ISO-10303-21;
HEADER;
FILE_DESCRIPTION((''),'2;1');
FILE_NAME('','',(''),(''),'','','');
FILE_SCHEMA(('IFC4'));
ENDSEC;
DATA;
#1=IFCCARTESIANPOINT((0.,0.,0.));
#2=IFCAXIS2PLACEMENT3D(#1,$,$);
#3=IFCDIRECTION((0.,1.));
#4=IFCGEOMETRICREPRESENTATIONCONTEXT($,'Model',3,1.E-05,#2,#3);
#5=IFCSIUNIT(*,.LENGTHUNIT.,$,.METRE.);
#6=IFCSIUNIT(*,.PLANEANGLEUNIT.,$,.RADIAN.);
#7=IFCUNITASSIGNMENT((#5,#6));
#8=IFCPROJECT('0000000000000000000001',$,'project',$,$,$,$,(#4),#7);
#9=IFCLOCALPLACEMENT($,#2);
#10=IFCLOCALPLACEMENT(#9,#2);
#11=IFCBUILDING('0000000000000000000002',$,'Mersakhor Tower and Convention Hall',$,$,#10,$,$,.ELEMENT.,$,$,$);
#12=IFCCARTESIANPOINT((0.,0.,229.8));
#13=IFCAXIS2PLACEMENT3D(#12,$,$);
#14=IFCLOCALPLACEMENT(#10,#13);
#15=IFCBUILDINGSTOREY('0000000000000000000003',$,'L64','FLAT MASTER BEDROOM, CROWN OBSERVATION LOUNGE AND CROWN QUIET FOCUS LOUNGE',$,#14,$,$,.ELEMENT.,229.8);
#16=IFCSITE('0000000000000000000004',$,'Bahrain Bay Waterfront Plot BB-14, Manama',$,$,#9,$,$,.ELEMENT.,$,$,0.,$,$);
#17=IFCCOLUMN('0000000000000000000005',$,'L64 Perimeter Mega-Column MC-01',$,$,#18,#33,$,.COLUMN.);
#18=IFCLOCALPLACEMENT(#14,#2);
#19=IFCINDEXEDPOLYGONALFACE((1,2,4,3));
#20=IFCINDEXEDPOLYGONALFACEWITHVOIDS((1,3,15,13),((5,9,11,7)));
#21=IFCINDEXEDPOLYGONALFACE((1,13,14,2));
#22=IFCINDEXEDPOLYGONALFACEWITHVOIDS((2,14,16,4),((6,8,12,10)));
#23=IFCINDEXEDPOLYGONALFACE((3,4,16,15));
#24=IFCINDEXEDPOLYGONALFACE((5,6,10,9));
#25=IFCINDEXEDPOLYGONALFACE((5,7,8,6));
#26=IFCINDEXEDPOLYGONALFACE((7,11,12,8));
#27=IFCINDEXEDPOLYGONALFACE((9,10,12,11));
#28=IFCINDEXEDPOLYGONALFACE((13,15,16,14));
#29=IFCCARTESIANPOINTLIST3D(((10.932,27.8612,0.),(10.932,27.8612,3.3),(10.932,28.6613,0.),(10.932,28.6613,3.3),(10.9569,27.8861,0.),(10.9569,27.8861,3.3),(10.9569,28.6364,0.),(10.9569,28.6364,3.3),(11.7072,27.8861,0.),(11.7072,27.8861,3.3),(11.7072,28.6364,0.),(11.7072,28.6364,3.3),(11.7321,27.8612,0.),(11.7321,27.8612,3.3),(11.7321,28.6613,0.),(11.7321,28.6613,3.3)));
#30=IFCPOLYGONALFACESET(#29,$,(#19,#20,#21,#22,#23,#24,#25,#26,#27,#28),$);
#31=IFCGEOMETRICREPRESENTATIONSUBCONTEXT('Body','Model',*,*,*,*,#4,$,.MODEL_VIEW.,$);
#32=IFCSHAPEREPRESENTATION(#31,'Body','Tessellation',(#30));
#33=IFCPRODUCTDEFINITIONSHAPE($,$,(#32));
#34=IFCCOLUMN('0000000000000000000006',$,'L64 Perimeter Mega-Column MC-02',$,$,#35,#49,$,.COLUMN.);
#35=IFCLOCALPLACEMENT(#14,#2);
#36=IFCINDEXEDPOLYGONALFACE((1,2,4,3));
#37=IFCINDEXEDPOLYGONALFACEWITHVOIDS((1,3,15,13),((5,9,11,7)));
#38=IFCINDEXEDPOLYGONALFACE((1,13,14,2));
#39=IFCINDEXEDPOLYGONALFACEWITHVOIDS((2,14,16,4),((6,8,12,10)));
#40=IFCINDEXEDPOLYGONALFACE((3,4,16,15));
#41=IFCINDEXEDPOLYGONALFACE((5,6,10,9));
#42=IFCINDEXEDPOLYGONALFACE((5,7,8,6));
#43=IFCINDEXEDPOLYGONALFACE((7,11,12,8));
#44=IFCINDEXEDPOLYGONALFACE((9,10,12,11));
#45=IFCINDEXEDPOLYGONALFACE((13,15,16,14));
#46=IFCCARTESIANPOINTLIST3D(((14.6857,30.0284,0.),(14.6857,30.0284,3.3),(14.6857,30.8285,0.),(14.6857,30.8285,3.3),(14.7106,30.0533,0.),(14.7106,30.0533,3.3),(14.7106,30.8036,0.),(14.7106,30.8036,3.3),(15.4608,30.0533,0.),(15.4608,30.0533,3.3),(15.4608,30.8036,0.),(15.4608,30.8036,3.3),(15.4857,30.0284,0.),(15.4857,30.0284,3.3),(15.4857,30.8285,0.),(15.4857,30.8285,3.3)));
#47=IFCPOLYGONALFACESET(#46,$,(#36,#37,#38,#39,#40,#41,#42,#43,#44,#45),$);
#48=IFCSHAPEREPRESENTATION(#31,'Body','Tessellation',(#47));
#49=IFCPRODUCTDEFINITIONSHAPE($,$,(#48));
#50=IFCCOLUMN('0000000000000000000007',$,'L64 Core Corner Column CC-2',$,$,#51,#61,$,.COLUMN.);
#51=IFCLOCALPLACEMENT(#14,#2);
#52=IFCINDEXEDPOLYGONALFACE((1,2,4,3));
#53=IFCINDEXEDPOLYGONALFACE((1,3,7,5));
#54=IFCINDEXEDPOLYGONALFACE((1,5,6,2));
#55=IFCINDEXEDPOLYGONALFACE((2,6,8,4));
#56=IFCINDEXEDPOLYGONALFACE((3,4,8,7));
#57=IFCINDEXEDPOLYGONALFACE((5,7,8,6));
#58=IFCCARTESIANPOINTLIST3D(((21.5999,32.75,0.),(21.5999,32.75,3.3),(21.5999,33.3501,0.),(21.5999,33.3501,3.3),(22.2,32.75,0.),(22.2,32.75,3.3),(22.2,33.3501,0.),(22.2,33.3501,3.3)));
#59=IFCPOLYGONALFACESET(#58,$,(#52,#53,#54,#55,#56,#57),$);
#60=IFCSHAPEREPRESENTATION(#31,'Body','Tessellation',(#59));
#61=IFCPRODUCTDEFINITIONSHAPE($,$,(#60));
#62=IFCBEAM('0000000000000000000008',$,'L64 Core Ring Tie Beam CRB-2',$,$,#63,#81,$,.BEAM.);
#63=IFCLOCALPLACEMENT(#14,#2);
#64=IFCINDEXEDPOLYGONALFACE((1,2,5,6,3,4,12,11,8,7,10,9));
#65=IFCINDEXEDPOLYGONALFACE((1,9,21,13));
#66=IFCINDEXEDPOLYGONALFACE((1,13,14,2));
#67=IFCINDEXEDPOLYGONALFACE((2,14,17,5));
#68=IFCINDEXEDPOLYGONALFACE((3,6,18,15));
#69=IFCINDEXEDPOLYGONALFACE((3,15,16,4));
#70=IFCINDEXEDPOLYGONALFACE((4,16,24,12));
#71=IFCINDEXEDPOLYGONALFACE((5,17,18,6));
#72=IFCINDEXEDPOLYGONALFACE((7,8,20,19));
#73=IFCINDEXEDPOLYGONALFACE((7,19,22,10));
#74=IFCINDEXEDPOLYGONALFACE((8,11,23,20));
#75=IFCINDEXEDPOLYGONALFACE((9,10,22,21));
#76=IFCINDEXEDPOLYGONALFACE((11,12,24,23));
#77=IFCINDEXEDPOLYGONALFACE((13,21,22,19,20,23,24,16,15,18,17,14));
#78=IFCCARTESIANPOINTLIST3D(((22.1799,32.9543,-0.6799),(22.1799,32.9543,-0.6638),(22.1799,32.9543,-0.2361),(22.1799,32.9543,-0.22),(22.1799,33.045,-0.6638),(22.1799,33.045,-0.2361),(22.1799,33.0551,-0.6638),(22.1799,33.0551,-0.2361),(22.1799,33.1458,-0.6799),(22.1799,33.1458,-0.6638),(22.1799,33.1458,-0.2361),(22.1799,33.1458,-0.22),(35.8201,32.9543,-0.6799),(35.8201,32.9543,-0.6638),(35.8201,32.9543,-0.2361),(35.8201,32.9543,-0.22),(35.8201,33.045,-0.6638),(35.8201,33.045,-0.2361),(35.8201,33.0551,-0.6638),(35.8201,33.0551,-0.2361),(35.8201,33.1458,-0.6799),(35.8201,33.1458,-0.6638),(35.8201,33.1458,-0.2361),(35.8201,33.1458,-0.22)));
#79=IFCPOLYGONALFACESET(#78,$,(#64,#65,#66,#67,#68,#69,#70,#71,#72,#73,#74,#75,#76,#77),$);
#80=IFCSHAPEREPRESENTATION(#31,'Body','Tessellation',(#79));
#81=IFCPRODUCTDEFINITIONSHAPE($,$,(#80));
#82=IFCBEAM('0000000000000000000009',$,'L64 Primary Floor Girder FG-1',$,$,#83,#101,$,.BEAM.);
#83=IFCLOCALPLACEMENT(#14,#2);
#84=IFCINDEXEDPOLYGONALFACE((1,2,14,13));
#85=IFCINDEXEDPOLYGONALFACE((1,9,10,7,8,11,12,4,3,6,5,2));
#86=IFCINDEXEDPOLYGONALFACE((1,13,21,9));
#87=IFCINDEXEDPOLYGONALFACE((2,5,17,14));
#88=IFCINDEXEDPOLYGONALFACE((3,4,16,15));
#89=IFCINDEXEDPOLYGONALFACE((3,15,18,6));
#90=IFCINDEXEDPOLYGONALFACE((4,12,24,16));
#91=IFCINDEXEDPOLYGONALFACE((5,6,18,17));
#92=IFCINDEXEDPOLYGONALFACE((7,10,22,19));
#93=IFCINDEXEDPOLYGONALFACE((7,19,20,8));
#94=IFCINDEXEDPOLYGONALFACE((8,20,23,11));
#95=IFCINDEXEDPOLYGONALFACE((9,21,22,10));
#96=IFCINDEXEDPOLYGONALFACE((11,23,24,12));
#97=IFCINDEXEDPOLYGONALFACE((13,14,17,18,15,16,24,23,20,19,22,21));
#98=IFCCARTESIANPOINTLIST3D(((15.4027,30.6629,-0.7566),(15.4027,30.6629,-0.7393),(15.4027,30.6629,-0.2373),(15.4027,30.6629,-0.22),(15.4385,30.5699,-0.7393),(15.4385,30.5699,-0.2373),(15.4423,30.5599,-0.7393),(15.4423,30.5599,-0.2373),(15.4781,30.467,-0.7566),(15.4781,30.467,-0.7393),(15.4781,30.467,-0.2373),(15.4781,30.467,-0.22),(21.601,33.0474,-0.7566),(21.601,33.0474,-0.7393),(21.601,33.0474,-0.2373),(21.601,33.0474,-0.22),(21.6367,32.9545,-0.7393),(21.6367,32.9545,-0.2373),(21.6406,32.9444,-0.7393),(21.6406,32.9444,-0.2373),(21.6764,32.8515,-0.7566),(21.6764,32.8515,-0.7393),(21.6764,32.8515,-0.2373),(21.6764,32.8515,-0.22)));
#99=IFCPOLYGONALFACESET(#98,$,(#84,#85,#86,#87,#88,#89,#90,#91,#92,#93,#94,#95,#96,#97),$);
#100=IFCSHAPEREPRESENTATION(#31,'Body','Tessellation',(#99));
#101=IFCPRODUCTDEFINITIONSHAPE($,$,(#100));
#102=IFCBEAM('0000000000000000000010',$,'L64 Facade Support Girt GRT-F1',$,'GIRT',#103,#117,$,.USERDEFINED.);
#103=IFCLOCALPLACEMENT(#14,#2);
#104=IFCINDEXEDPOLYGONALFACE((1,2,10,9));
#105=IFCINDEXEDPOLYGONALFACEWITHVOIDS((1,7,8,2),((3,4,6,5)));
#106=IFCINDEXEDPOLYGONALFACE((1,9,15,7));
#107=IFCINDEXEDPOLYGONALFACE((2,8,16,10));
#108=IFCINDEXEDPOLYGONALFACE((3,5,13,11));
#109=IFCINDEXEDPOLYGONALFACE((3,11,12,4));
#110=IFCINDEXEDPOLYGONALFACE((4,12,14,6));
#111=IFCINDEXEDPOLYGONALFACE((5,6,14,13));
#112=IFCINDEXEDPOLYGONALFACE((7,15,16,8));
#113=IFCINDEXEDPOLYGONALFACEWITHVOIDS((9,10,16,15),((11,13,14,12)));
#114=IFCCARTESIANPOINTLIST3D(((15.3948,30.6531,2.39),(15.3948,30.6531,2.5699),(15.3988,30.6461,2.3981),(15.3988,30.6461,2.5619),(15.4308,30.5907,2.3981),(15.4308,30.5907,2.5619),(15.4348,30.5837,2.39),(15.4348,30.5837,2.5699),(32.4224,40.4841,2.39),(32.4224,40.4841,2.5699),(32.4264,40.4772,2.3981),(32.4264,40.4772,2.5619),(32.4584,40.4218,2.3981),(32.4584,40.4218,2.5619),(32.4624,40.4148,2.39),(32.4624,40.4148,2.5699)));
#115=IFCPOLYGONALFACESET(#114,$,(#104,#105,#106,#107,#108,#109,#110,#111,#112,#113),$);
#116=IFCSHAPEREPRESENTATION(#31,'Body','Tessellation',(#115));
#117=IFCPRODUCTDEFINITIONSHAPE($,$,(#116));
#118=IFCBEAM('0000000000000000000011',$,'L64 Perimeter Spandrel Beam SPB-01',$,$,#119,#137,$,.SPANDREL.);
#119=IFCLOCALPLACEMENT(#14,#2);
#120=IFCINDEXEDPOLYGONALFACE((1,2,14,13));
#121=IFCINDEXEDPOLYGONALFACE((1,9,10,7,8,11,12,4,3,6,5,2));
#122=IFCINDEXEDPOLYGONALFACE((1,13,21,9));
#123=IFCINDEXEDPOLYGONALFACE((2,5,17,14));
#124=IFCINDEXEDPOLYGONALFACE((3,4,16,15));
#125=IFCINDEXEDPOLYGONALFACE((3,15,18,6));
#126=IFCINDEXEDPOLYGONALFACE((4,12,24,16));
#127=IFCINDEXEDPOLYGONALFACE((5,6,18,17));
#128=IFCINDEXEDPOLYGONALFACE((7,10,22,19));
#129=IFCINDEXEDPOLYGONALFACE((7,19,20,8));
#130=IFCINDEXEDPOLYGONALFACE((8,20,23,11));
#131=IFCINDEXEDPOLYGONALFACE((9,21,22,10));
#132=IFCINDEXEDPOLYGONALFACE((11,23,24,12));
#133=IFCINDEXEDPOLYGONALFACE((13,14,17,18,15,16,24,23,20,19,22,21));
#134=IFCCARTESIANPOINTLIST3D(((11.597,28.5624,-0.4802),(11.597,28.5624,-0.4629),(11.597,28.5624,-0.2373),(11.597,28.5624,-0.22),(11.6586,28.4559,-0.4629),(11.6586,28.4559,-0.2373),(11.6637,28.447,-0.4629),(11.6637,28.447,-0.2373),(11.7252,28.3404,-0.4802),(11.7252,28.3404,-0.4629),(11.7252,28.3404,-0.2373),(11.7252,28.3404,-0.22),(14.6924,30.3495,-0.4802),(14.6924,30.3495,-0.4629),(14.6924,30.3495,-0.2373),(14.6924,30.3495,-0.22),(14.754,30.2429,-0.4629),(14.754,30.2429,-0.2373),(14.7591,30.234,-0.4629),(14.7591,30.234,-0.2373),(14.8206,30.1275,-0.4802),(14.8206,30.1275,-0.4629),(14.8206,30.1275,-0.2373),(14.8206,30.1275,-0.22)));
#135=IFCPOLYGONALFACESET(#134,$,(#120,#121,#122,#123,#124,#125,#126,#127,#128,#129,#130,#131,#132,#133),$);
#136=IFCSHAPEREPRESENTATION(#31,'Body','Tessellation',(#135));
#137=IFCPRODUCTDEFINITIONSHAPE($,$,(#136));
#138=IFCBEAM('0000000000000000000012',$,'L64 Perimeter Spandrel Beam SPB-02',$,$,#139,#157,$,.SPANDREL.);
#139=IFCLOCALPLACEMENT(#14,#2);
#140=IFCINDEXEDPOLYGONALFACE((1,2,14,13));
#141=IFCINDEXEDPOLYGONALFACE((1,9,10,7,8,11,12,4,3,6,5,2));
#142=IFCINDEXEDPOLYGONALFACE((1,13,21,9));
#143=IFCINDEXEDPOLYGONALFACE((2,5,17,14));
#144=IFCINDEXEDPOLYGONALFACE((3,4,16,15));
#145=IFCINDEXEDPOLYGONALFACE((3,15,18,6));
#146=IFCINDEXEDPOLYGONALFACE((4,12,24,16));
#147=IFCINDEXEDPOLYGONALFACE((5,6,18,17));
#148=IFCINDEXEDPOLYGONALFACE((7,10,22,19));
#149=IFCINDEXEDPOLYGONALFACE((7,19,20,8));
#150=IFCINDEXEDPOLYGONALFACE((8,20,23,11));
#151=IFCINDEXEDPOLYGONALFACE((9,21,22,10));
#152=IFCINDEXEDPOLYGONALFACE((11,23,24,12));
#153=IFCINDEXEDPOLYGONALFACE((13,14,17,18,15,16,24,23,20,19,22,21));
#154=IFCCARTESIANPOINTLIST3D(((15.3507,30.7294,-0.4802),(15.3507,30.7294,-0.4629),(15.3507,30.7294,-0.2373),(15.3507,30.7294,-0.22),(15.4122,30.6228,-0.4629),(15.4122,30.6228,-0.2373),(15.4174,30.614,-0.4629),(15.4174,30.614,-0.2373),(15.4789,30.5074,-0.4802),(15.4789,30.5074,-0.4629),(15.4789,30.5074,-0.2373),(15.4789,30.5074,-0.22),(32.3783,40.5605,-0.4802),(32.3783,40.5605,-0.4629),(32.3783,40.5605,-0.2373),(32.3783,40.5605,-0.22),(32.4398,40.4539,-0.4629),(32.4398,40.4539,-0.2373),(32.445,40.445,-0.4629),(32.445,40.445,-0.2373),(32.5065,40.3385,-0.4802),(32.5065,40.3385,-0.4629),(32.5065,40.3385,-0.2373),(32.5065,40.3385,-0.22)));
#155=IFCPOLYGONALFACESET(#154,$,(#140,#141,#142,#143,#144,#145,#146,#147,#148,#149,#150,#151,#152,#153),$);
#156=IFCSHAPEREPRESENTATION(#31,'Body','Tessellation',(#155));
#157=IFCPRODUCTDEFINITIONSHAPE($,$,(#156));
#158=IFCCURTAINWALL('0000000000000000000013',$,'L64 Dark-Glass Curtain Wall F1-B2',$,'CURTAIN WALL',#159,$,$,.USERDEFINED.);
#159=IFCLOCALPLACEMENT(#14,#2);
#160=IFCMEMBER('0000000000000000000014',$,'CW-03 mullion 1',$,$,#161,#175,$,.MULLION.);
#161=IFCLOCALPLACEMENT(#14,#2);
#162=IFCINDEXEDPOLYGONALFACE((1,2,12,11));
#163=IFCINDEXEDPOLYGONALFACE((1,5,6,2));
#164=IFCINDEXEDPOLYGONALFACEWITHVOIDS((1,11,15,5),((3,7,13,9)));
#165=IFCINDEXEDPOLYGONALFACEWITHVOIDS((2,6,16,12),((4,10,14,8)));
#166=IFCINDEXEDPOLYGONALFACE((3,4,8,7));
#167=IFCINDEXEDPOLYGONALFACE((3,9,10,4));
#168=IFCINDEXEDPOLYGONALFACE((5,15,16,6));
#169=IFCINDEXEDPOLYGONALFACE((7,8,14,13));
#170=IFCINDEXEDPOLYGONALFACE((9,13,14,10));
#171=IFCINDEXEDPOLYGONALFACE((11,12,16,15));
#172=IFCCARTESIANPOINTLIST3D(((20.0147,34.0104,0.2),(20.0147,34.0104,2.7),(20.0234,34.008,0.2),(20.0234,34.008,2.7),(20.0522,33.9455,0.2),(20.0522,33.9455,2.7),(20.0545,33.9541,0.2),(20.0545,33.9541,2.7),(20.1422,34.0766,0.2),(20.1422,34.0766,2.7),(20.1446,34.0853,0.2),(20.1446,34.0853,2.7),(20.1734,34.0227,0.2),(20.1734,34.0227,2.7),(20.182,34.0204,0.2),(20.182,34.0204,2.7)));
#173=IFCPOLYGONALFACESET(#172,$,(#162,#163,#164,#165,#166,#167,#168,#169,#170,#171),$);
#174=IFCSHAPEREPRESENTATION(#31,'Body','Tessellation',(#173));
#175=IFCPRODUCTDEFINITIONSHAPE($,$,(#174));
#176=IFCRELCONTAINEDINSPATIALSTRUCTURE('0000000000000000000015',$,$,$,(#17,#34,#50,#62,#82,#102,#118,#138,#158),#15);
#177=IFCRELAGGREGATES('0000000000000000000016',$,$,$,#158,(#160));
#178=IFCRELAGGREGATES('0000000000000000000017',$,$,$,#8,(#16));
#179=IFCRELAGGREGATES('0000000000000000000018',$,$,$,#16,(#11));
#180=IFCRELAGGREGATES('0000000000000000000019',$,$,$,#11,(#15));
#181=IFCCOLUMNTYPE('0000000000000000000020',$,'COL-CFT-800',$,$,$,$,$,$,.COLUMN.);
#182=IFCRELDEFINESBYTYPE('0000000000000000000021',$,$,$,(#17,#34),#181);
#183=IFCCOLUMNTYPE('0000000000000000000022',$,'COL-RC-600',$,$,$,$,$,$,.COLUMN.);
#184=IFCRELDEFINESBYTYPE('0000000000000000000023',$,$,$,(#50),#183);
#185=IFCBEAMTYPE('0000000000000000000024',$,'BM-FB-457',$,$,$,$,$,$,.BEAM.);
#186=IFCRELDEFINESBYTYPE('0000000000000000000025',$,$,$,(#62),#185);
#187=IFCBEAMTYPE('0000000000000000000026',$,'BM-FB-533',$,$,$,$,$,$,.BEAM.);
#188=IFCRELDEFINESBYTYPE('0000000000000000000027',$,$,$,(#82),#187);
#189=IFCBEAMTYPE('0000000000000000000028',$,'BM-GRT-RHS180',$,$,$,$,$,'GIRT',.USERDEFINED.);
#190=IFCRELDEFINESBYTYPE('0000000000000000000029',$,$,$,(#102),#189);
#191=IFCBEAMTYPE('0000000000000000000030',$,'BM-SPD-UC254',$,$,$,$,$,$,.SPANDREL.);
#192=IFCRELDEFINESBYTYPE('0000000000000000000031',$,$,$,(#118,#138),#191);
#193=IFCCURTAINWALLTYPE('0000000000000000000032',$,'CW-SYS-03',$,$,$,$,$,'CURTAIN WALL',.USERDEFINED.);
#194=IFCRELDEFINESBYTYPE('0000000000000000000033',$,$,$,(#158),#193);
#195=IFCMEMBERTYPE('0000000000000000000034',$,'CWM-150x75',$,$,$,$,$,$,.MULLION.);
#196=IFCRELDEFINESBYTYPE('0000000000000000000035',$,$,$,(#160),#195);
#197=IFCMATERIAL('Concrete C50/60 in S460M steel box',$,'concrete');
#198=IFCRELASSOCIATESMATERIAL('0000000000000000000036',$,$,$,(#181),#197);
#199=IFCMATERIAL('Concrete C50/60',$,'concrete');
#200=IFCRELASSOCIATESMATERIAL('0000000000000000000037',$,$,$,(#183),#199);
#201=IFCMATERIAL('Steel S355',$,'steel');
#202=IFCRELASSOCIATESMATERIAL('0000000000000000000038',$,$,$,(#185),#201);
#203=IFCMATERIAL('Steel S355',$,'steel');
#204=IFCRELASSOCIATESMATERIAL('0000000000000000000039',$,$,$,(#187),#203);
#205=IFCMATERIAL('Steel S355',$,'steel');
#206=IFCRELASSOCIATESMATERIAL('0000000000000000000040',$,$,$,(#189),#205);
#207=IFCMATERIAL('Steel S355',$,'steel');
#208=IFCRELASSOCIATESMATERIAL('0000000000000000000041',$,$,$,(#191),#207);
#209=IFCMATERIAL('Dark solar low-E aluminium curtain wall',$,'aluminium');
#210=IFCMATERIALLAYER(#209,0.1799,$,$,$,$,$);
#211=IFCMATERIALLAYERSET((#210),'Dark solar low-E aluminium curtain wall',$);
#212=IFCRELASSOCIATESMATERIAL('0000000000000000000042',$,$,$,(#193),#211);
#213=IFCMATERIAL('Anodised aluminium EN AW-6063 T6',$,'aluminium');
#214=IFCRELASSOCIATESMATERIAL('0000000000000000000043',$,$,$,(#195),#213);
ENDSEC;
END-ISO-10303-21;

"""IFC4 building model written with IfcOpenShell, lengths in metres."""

from ifc_helpers import new_model, si_unit, direction, frame, origin, origin_2d, place, context, subcontext, project, spatial, rectangle, hollow_rectangle, i_section, extrude, material, layer, layer_set, material_profile, profile_set, type_object, element, aggregate, save


model = new_model("IFC4")

# Units and contexts
model_context = context("Model", 3, precision=1e-05, world=origin(), true_north=direction((0.0, 1.0)))
body_context = subcontext(model_context, "Body", "Model", "MODEL_VIEW")
ifc_project = project(units=[si_unit("LENGTHUNIT", "METRE"), si_unit("PLANEANGLEUNIT", "RADIAN")], contexts=[model_context])

# Site, building, storey
site_placement = place(None, origin())
site = spatial("IfcSite", under=ifc_project, at=site_placement, Name="Bahrain Bay Waterfront Plot BB-14, Manama", CompositionType="ELEMENT", RefElevation=0.0)
building_placement = place(site_placement, origin())
building = spatial("IfcBuilding", under=site, at=building_placement, Name="Mersakhor Tower and Convention Hall", CompositionType="ELEMENT")
storey_placement = place(building_placement, frame((0.0, 0.0, 229.8)))
storey = spatial("IfcBuildingStorey", under=building, at=storey_placement, Name="L64", Description="FLAT MASTER BEDROOM, CROWN OBSERVATION LOUNGE AND CROWN QUIET FOCUS LOUNGE", CompositionType="ELEMENT", Elevation=229.8)

# Columns
ifc_material_1 = material(Name="Concrete C50/60 in S460M steel box", Category="concrete")
ifc_material_profile_1 = material_profile(ifc_material_1, hollow_rectangle(XDim=0.8, YDim=0.8, WallThickness=0.0249, at=origin_2d()), Name="SHS 800x800x25")
ifc_profile_set_1 = profile_set([ifc_material_profile_1], Name="Concrete C50/60 in S460M steel box")
column_type_1 = type_object("IfcColumnType", Name="COL-CFT-800", PredefinedType="COLUMN", material=ifc_profile_set_1)
for number, where, z_axis, x_axis, name in (
    (1, (11.332, 28.2612, 0.0), (0.0, 0.0, 1.0), (1.0, 0.0, 0.0), "L64 Perimeter Mega-Column MC-01"),
    (2, (15.0857, 30.4285, 0.0), (0.0, 0.0, 1.0), (1.0, 0.0, 0.0), "L64 Perimeter Mega-Column MC-02"),
):
    element("IfcColumn", number, at=place(storey_placement, frame(where, z_axis=z_axis, x_axis=x_axis)), inside=storey, type_object=column_type_1, Name=name, PredefinedType="COLUMN", context=body_context, shape_type="SweptSolid", body=[
        extrude(hollow_rectangle(XDim=0.8, YDim=0.8, WallThickness=0.0249, at=origin_2d()), origin(), (0.0, 0.0, 1.0), 3.3),
    ])
ifc_material_2 = material(Name="Concrete C50/60", Category="concrete")
ifc_material_profile_2 = material_profile(ifc_material_2, rectangle(XDim=0.6001, YDim=0.6001, at=origin_2d()), Name="RC 600x600")
ifc_profile_set_2 = profile_set([ifc_material_profile_2], Name="Concrete C50/60")
column_type_2 = type_object("IfcColumnType", Name="COL-RC-600", PredefinedType="COLUMN", material=ifc_profile_set_2)
column_placement = place(storey_placement, frame((21.8999, 33.05, 0.0), z_axis=(0.0, 0.0, 1.0), x_axis=(1.0, 0.0, 0.0)))
element("IfcColumn", 3, at=column_placement, inside=storey, type_object=column_type_2, Name="L64 Core Corner Column CC-2", PredefinedType="COLUMN", context=body_context, shape_type="SweptSolid", body=[
    extrude(rectangle(XDim=0.6001, YDim=0.6001, at=origin_2d()), origin(), (0.0, 0.0, 1.0), 3.3),
])

# Beams
ifc_material_3 = material(Name="Steel S355", Category="steel")
ifc_material_profile_3 = material_profile(ifc_material_3, i_section(OverallWidth=0.1914, OverallDepth=0.46, WebThickness=0.01, FlangeThickness=0.0161, at=origin_2d()), Name="UB 457x191x82")
ifc_profile_set_3 = profile_set([ifc_material_profile_3], Name="Steel S355")
beam_type_1 = type_object("IfcBeamType", Name="BM-FB-457", PredefinedType="BEAM", material=ifc_profile_set_3)
beam_1_placement = place(storey_placement, frame((22.1799, 33.05, -0.45), z_axis=(1.0, 0.0, 0.0), x_axis=(0.0, 1.0, 0.0)))
element("IfcBeam", 4, at=beam_1_placement, inside=storey, type_object=beam_type_1, Name="L64 Core Ring Tie Beam CRB-2", PredefinedType="BEAM", context=body_context, shape_type="SweptSolid", body=[
    extrude(i_section(OverallWidth=0.1914, OverallDepth=0.46, WebThickness=0.01, FlangeThickness=0.0161, at=origin_2d()), origin(), (0.0, 0.0, 1.0), 13.6401),
])
ifc_material_4 = material(Name="Steel S355", Category="steel")
ifc_material_profile_4 = material_profile(ifc_material_4, i_section(OverallWidth=0.21, OverallDepth=0.5366, WebThickness=0.0107, FlangeThickness=0.0173, at=origin_2d()), Name="UB 533x210x101")
ifc_profile_set_4 = profile_set([ifc_material_profile_4], Name="Steel S355")
beam_type_2 = type_object("IfcBeamType", Name="BM-FB-533", PredefinedType="BEAM", material=ifc_profile_set_4)
beam_2_placement = place(storey_placement, frame((21.6387, 32.9495, -0.4883), z_axis=(-0.933316, -0.359055, 0.0), x_axis=(0.359055, -0.933316, 0.0)))
element("IfcBeam", 5, at=beam_2_placement, inside=storey, type_object=beam_type_2, Name="L64 Primary Floor Girder FG-1", PredefinedType="BEAM", context=body_context, shape_type="SweptSolid", body=[
    extrude(i_section(OverallWidth=0.21, OverallDepth=0.5366, WebThickness=0.0107, FlangeThickness=0.0173, at=origin_2d()), origin(), (0.0, 0.0, 1.0), 6.6411),
])
ifc_material_5 = material(Name="Steel S355", Category="steel")
ifc_material_profile_5 = material_profile(ifc_material_5, hollow_rectangle(XDim=0.0801, YDim=0.1799, WallThickness=0.0081, at=origin_2d()), Name="RHS 180x80x8")
ifc_profile_set_5 = profile_set([ifc_material_profile_5], Name="Steel S355")
beam_type_3 = type_object("IfcBeamType", Name="BM-GRT-RHS180", ElementType="GIRT", PredefinedType="USERDEFINED", material=ifc_profile_set_5)
beam_3_placement = place(storey_placement, frame((15.4148, 30.6184, 2.48), z_axis=(0.866022, 0.500007, 0.0), x_axis=(-0.500007, 0.866022, 0.0)))
element("IfcBeam", 6, at=beam_3_placement, inside=storey, type_object=beam_type_3, Name="L64 Facade Support Girt GRT-F1", ObjectType="GIRT", PredefinedType="USERDEFINED", context=body_context, shape_type="SweptSolid", body=[
    extrude(hollow_rectangle(XDim=0.0801, YDim=0.1799, WallThickness=0.0081, at=origin_2d()), origin(), (0.0, 0.0, 1.0), 19.6619),
])
ifc_material_6 = material(Name="Steel S355", Category="steel")
ifc_material_profile_6 = material_profile(ifc_material_6, i_section(OverallWidth=0.2563, OverallDepth=0.2603, WebThickness=0.0103, FlangeThickness=0.0173, at=origin_2d()), Name="UC 254x254x89")
ifc_profile_set_6 = profile_set([ifc_material_profile_6], Name="Steel S355")
beam_type_4 = type_object("IfcBeamType", Name="BM-SPD-UC254", PredefinedType="SPANDREL", material=ifc_profile_set_6)
beam_4_placement = place(storey_placement, frame((11.6611, 28.4514, -0.3501), z_axis=(0.866032, 0.499989, 0.0), x_axis=(-0.499989, 0.866032, 0.0)))
element("IfcBeam", 7, at=beam_4_placement, inside=storey, type_object=beam_type_4, Name="L64 Perimeter Spandrel Beam SPB-01", PredefinedType="SPANDREL", context=body_context, shape_type="SweptSolid", body=[
    extrude(i_section(OverallWidth=0.2563, OverallDepth=0.2603, WebThickness=0.0103, FlangeThickness=0.0173, at=origin_2d()), origin(), (0.0, 0.0, 1.0), 3.5742),
])
beam_5_placement = place(storey_placement, frame((15.4148, 30.6184, -0.3501), z_axis=(0.866022, 0.500007, 0.0), x_axis=(-0.500007, 0.866022, 0.0)))
element("IfcBeam", 8, at=beam_5_placement, inside=storey, type_object=beam_type_4, Name="L64 Perimeter Spandrel Beam SPB-02", PredefinedType="SPANDREL", context=body_context, shape_type="SweptSolid", body=[
    extrude(i_section(OverallWidth=0.2563, OverallDepth=0.2603, WebThickness=0.0103, FlangeThickness=0.0173, at=origin_2d()), origin(), (0.0, 0.0, 1.0), 19.6619),
])

# Curtain wall, member
ifc_material_7 = material(Name="Dark solar low-E aluminium curtain wall", Category="aluminium")
ifc_layer_1 = layer(ifc_material_7, 0.1799)
ifc_layer_set_1 = layer_set([ifc_layer_1], Name="Dark solar low-E aluminium curtain wall")
curtain_wall_type = type_object("IfcCurtainWallType", Name="CW-SYS-03", ElementType="CURTAIN WALL", PredefinedType="USERDEFINED", material=ifc_layer_set_1)
curtain_wall_placement = place(storey_placement, origin())
curtain_wall = element("IfcCurtainWall", 9, at=curtain_wall_placement, inside=storey, type_object=curtain_wall_type, Name="L64 Dark-Glass Curtain Wall F1-B2", ObjectType="CURTAIN WALL", PredefinedType="USERDEFINED")
ifc_material_8 = material(Name="Anodised aluminium EN AW-6063 T6", Category="aluminium")
ifc_material_profile_7 = material_profile(ifc_material_8, hollow_rectangle(XDim=0.075, YDim=0.1499, WallThickness=0.0063, at=origin_2d()), Name="RHS 150x75x6.3")
ifc_profile_set_7 = profile_set([ifc_material_profile_7], Name="Anodised aluminium EN AW-6063 T6")
member_type_1 = type_object("IfcMemberType", Name="CWM-150x75", PredefinedType="MULLION", material=ifc_profile_set_7)
member_1_placement = place(storey_placement, frame((20.0984, 34.0154, 0.2), z_axis=(0.0, 0.0, 1.0), x_axis=(-0.500004, 0.866023, 0.0)))
member_1 = element("IfcMember", 10, at=member_1_placement, type_object=member_type_1, Name="CW-03 mullion 1", PredefinedType="MULLION", context=body_context, shape_type="SweptSolid", body=[
    extrude(hollow_rectangle(XDim=0.075, YDim=0.1499, WallThickness=0.0063, at=origin_2d()), origin(), (0.0, 0.0, 1.0), 2.5),
])

aggregate(curtain_wall, [member_1])

save(model, "model.ifc")
